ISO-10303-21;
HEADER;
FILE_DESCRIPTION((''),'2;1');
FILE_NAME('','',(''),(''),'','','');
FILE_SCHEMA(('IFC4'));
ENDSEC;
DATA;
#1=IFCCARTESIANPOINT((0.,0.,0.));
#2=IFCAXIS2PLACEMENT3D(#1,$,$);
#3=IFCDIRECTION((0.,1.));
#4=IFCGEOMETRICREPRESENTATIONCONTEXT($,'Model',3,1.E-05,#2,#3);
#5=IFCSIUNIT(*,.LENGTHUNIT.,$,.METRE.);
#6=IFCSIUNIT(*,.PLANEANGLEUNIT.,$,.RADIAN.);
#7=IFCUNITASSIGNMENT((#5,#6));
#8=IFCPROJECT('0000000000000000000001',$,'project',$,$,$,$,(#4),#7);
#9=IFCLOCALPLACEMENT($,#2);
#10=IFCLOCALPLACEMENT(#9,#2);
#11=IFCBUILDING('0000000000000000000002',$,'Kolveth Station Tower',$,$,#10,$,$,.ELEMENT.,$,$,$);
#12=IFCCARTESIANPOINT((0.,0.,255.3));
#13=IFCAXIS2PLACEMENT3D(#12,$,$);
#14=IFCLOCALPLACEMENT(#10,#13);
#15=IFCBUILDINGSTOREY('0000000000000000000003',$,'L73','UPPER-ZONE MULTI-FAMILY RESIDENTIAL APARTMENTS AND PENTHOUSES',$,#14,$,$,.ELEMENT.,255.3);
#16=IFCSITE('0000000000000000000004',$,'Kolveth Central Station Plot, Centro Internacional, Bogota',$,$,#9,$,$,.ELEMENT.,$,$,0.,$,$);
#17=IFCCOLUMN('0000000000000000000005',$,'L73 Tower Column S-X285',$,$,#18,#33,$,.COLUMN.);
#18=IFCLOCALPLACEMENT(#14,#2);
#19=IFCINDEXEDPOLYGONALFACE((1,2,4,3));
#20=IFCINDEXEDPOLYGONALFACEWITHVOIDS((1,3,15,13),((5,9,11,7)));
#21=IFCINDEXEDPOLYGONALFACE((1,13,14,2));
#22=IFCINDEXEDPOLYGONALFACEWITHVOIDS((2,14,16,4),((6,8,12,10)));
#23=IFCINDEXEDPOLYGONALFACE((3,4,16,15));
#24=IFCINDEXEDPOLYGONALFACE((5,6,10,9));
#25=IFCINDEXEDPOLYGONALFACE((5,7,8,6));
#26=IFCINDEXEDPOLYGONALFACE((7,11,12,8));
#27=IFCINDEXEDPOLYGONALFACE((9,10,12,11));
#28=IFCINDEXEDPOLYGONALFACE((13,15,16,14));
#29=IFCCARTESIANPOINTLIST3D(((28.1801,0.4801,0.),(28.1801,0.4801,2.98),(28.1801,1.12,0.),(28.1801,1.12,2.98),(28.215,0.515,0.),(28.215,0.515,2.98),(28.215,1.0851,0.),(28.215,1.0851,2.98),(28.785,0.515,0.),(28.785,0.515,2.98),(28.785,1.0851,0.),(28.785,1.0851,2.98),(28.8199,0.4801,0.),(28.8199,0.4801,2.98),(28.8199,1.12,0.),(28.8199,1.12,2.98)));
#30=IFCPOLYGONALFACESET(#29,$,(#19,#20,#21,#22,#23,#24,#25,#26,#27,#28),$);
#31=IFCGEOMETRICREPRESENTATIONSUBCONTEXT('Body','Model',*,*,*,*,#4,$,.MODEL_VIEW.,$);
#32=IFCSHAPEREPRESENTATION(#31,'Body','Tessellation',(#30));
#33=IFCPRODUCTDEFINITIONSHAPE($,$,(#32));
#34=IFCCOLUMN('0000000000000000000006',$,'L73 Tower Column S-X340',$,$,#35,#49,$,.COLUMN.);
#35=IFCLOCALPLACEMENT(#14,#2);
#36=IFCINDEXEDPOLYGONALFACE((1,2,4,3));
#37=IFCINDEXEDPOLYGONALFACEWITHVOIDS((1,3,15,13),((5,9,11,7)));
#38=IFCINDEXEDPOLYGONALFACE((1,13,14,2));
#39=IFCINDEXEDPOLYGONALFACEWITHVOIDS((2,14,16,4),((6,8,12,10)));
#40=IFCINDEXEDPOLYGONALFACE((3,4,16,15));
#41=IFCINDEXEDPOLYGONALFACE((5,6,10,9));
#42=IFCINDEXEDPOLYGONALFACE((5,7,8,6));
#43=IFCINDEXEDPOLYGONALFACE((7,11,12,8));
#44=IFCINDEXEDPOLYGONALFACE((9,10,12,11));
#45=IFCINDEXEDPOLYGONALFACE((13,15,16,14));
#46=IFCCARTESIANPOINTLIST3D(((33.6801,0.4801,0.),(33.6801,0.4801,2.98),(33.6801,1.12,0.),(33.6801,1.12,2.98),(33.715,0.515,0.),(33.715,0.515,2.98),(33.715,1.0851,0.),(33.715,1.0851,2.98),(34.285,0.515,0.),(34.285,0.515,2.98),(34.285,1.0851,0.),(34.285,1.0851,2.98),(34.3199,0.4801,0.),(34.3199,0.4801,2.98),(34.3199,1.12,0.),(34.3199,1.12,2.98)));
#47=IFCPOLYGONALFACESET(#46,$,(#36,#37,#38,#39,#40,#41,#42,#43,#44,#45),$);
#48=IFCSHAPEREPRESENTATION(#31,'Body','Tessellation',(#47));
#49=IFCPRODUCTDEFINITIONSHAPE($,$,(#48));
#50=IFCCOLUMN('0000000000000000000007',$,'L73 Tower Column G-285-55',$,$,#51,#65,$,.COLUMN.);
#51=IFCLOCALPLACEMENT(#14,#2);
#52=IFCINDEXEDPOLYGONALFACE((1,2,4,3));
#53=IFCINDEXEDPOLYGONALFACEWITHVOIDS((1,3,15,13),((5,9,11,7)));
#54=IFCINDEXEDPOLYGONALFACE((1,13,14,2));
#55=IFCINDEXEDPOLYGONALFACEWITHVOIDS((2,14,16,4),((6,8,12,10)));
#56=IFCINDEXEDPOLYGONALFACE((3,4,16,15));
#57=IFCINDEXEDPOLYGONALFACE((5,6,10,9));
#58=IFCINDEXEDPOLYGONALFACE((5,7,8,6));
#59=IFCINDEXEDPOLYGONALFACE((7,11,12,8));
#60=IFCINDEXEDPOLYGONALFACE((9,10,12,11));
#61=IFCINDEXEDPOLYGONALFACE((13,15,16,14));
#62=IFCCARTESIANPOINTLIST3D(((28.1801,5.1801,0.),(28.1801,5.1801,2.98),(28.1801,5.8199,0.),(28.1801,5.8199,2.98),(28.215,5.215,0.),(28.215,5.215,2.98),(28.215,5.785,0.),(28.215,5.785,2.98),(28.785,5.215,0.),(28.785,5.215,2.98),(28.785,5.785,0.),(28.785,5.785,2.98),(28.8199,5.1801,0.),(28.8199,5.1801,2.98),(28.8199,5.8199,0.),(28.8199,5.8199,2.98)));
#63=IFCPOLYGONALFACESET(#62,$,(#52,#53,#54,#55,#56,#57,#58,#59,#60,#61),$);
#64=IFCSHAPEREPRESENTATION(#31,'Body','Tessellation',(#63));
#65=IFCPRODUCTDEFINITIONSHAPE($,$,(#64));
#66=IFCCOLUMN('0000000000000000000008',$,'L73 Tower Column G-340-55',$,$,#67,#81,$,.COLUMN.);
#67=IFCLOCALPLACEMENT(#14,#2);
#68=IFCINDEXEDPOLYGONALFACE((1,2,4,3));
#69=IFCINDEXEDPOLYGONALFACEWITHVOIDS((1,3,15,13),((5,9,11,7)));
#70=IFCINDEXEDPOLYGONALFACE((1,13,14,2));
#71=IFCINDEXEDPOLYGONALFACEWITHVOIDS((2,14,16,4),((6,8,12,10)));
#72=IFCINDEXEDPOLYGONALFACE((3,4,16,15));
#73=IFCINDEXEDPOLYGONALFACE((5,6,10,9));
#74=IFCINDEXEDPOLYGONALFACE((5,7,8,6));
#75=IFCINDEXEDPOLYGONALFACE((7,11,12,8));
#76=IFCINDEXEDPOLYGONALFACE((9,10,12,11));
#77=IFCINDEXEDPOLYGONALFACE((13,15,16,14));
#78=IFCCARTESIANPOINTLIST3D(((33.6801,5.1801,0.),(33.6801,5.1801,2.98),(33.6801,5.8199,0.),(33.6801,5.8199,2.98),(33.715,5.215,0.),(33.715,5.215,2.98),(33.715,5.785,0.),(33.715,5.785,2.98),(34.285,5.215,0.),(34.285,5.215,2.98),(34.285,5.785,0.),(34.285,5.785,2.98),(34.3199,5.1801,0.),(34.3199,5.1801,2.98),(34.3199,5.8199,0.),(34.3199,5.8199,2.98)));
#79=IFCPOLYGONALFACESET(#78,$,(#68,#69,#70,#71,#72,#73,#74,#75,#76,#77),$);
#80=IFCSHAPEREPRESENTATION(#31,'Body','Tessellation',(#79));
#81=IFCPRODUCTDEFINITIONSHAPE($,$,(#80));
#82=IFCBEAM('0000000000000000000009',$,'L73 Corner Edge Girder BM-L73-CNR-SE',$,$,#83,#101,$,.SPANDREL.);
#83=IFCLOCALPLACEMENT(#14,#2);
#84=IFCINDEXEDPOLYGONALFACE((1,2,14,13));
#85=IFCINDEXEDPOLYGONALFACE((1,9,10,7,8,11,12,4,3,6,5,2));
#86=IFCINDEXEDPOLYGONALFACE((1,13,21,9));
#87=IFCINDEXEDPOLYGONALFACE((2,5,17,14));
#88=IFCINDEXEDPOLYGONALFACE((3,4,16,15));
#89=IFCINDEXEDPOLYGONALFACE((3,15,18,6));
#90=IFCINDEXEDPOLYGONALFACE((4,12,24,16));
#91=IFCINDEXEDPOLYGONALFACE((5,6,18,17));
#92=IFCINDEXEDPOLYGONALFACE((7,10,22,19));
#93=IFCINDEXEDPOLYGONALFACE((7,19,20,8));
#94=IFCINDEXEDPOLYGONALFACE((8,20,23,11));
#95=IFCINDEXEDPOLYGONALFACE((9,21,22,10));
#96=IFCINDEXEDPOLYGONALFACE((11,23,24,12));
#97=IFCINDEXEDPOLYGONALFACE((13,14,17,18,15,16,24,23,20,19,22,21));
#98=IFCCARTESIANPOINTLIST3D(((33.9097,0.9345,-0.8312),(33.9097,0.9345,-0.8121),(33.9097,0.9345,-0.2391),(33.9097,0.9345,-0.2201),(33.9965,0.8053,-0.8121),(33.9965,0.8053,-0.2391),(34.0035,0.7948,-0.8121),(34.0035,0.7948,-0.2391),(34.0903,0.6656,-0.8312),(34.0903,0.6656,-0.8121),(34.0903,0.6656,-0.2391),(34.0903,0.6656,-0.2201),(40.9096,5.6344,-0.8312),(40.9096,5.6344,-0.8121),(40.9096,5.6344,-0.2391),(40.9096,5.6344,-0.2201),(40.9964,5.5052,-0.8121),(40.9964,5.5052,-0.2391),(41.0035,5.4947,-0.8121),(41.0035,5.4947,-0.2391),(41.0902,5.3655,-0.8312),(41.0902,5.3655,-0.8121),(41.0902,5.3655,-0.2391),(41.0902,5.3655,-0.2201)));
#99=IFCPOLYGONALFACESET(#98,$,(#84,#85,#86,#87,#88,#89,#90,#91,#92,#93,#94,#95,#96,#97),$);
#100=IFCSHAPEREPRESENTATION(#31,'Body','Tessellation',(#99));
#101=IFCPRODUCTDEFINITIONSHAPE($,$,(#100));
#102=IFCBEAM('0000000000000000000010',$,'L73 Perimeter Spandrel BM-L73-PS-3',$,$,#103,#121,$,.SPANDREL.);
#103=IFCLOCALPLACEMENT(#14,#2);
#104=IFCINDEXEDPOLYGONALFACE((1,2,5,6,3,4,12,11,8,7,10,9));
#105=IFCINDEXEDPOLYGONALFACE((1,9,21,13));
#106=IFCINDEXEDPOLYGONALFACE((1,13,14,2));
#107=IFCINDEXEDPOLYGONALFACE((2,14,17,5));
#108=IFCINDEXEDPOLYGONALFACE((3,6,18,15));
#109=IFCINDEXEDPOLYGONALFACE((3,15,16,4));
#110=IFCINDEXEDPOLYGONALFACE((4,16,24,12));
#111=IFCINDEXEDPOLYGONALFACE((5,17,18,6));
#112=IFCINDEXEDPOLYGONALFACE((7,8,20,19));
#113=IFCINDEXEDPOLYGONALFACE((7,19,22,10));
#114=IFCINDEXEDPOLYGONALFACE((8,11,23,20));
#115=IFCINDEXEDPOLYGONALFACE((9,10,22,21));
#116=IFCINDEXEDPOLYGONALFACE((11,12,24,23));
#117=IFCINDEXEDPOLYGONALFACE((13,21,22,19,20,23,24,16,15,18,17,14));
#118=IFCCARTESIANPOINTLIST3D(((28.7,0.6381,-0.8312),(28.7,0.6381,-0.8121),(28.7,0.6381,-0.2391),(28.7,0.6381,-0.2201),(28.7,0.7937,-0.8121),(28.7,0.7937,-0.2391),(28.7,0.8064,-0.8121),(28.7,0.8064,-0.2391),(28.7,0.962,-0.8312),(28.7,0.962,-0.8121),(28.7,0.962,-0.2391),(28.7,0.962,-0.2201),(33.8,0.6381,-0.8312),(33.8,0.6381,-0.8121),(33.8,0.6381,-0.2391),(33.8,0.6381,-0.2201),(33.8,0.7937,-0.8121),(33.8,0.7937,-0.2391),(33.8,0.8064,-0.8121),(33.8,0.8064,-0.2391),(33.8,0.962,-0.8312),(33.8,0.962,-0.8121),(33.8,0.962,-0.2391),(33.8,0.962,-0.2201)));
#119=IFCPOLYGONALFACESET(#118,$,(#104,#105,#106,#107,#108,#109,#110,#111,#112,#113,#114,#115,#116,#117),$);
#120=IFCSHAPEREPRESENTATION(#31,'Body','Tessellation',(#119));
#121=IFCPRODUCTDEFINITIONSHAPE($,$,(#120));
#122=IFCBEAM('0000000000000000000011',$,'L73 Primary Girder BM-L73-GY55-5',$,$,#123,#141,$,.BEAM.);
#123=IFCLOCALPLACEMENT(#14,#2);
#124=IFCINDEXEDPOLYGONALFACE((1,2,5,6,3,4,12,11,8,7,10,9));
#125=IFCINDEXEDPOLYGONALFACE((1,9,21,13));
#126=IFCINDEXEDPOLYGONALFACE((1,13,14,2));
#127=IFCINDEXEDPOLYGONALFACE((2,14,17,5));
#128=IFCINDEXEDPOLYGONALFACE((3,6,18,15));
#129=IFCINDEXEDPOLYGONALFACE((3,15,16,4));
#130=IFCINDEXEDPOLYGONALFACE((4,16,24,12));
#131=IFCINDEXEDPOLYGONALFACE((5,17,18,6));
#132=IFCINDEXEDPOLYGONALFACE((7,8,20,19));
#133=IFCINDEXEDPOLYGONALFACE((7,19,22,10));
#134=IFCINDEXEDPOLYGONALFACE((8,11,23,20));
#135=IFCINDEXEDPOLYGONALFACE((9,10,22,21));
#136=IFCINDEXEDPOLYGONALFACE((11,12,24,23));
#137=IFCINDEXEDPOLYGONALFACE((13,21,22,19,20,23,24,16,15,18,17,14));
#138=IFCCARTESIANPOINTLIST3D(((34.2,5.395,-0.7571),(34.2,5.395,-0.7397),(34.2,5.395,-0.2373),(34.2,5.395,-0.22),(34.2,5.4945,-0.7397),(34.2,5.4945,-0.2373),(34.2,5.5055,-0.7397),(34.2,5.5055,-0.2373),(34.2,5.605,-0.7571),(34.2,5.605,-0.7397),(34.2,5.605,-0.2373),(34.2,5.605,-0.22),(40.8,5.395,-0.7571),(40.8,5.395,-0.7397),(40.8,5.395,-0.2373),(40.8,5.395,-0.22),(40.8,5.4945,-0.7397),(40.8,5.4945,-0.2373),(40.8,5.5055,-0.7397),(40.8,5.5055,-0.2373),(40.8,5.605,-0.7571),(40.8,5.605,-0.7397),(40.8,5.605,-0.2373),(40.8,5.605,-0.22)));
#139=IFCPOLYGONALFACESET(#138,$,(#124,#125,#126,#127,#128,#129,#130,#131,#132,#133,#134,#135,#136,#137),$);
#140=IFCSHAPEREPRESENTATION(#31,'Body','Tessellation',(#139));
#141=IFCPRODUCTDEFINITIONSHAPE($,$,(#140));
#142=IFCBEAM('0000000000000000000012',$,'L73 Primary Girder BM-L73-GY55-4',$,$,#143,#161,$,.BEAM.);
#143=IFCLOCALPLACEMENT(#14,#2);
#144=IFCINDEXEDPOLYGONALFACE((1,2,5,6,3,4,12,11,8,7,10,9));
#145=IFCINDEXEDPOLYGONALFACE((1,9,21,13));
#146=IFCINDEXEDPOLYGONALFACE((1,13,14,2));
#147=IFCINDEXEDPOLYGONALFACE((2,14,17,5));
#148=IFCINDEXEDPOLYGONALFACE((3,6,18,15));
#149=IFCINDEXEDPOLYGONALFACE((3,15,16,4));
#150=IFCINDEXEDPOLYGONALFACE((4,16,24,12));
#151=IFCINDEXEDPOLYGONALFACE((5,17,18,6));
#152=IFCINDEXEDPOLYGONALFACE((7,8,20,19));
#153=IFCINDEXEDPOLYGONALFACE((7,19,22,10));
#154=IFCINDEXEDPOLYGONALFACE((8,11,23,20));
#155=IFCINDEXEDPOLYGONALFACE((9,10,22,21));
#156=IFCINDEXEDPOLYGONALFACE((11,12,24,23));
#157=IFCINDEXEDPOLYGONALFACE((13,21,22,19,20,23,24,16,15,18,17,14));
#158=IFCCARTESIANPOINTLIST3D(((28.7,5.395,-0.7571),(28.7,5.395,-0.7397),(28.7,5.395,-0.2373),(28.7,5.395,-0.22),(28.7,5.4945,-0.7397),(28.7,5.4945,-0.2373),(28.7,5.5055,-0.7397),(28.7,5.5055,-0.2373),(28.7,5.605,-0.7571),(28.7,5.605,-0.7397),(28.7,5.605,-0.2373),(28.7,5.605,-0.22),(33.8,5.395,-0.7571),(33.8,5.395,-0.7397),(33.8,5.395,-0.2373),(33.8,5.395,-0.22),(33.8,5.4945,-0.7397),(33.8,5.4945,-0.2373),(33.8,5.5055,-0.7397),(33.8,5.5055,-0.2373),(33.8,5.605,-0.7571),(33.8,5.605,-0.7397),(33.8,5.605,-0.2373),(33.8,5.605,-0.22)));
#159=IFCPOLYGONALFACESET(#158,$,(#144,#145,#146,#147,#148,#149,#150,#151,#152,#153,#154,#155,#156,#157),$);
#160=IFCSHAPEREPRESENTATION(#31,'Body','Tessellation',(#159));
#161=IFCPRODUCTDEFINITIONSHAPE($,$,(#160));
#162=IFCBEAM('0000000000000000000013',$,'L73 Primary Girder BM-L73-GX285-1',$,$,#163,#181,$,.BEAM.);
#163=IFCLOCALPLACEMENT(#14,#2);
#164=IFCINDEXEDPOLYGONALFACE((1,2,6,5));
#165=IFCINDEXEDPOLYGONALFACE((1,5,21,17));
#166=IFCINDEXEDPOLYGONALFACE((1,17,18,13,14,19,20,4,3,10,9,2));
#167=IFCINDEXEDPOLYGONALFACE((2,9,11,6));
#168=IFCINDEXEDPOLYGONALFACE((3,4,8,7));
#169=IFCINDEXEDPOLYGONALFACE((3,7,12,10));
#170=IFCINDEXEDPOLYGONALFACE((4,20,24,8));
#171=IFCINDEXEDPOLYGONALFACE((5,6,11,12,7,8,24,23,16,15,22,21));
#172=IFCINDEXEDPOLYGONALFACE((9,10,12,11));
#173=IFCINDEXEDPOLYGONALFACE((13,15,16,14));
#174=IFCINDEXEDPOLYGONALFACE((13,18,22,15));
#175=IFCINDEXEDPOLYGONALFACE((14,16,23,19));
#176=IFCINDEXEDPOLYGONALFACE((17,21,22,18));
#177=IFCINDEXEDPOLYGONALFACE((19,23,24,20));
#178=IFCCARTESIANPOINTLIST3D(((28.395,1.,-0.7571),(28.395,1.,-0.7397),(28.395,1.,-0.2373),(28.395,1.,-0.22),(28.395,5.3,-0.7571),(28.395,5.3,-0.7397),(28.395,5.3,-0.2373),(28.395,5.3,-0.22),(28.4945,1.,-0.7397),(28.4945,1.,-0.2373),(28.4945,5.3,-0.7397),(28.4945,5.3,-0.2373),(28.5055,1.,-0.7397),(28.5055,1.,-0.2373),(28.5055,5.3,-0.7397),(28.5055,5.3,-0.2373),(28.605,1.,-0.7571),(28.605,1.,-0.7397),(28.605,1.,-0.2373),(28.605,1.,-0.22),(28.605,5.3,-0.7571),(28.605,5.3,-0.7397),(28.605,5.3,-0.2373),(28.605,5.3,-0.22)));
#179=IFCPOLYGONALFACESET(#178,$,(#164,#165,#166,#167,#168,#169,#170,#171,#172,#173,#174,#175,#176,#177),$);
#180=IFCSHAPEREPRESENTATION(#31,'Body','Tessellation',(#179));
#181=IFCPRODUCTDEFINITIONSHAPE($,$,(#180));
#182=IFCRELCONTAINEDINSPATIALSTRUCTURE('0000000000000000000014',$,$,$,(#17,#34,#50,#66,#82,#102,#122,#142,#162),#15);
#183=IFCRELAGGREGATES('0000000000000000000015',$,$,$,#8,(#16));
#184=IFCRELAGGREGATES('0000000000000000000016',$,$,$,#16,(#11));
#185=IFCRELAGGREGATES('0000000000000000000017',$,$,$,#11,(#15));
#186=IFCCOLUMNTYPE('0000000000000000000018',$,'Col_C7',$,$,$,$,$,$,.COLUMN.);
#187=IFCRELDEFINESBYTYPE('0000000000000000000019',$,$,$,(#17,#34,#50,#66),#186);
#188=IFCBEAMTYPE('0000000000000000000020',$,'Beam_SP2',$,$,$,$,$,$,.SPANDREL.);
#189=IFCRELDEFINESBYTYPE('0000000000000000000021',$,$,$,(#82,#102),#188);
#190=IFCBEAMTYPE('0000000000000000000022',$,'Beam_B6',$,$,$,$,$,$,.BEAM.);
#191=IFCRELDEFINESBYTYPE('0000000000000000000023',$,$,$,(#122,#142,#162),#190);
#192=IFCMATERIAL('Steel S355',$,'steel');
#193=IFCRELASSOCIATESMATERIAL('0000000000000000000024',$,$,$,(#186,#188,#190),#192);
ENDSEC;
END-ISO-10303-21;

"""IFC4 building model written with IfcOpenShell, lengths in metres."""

from ifc_helpers import new_model, si_unit, direction, frame, origin, origin_2d, place, context, subcontext, project, spatial, hollow_rectangle, i_section, extrude, source, transform, mapped, material, material_profile, profile_set, type_object, element, save


model = new_model("IFC4")

# Units and contexts
model_context = context("Model", 3, precision=1e-05, world=origin(), true_north=direction((0.0, 1.0)))
body_context = subcontext(model_context, "Body", "Model", "MODEL_VIEW")
ifc_project = project(units=[si_unit("LENGTHUNIT", "METRE"), si_unit("PLANEANGLEUNIT", "RADIAN")], contexts=[model_context])

# Site, building, storey
site_placement = place(None, origin())
site = spatial("IfcSite", under=ifc_project, at=site_placement, Name="Kolveth Central Station Plot, Centro Internacional, Bogota", CompositionType="ELEMENT", RefElevation=0.0)
building_placement = place(site_placement, origin())
building = spatial("IfcBuilding", under=site, at=building_placement, Name="Kolveth Station Tower", CompositionType="ELEMENT")
storey_placement = place(building_placement, frame((0.0, 0.0, 255.3)))
storey = spatial("IfcBuildingStorey", under=building, at=storey_placement, Name="L73", Description="UPPER-ZONE MULTI-FAMILY RESIDENTIAL APARTMENTS AND PENTHOUSES", CompositionType="ELEMENT", Elevation=255.3)

# Columns
ifc_material_1 = material(Name="Steel S355", Category="steel")
ifc_material_profile_1 = material_profile(ifc_material_1, hollow_rectangle(XDim=0.6399, YDim=0.6399, WallThickness=0.0349, at=origin_2d()), Name="BOX640x640x35")
ifc_profile_set_1 = profile_set([ifc_material_profile_1], Name="Steel S355")
column_type = type_object("IfcColumnType", Name="Col_C7", PredefinedType="COLUMN", material=ifc_profile_set_1)
shared_shape_1 = source(origin(), body_context, "Body", "SweptSolid", [
    extrude(hollow_rectangle(XDim=0.6399, YDim=0.6399, WallThickness=0.0349, at=origin_2d()), origin(), (0.0, 0.0, 1.0), 2.98),
])
for number, where, z_axis, x_axis, name in (
    (1, (28.5, 0.8, 0.0), (0.0, 0.0, 1.0), (1.0, 0.0, 0.0), "L73 Tower Column S-X285"),
    (2, (34.0, 0.8, 0.0), (0.0, 0.0, 1.0), (1.0, 0.0, 0.0), "L73 Tower Column S-X340"),
    (3, (28.5, 5.5, 0.0), (0.0, 0.0, 1.0), (1.0, 0.0, 0.0), "L73 Tower Column G-285-55"),
    (4, (34.0, 5.5, 0.0), (0.0, 0.0, 1.0), (1.0, 0.0, 0.0), "L73 Tower Column G-340-55"),
):
    element("IfcColumn", number, at=place(storey_placement, frame(where, z_axis=z_axis, x_axis=x_axis)), inside=storey, type_object=column_type, Name=name, PredefinedType="COLUMN", context=body_context, shape_type="MappedRepresentation", body=[
        mapped(shared_shape_1, transform((0.0, 0.0, 0.0), x_axis=(1.0, 0.0, 0.0), y_axis=(0.0, 1.0, 0.0), z_axis=(0.0, 0.0, 1.0), scale=1.0)),
    ])

# Beams
ifc_material_profile_2 = material_profile(ifc_material_1, i_section(OverallWidth=0.324, OverallDepth=0.6111, WebThickness=0.0127, FlangeThickness=0.019, at=origin_2d()), Name="W610x155")
ifc_profile_set_2 = profile_set([ifc_material_profile_2], Name="Steel S355")
beam_type_1 = type_object("IfcBeamType", Name="Beam_SP2", PredefinedType="SPANDREL", material=ifc_profile_set_2)
shared_shape_2 = source(origin(), body_context, "Body", "SweptSolid", [
    extrude(i_section(OverallWidth=0.324, OverallDepth=0.6111, WebThickness=0.0127, FlangeThickness=0.019, at=origin_2d()), origin(), (0.0, 0.0, 1.0), 8.4314),
])
beam_1_placement = place(storey_placement, frame((34.0, 0.8, -0.5256), z_axis=(0.830224, 0.55743, 0.0), x_axis=(-0.55743, 0.830224, 0.0)))
element("IfcBeam", 5, at=beam_1_placement, inside=storey, type_object=beam_type_1, Name="L73 Corner Edge Girder BM-L73-CNR-SE", PredefinedType="SPANDREL", context=body_context, shape_type="MappedRepresentation", body=[
    mapped(shared_shape_2, transform((0.0, 0.0, 0.0), x_axis=(1.0, 0.0, 0.0), y_axis=(0.0, 1.0, 0.0), z_axis=(0.0, 0.0, 1.0), scale=1.0)),
])
shared_shape_3 = source(origin(), body_context, "Body", "SweptSolid", [
    extrude(i_section(OverallWidth=0.324, OverallDepth=0.6111, WebThickness=0.0127, FlangeThickness=0.019, at=origin_2d()), origin(), (0.0, 0.0, 1.0), 5.1001),
])
beam_2_placement = place(storey_placement, frame((28.7, 0.8, -0.5256), z_axis=(1.0, 0.0, 0.0), x_axis=(0.0, 1.0, 0.0)))
element("IfcBeam", 6, at=beam_2_placement, inside=storey, type_object=beam_type_1, Name="L73 Perimeter Spandrel BM-L73-PS-3", PredefinedType="SPANDREL", context=body_context, shape_type="MappedRepresentation", body=[
    mapped(shared_shape_3, transform((0.0, 0.0, 0.0), x_axis=(1.0, 0.0, 0.0), y_axis=(0.0, 1.0, 0.0), z_axis=(0.0, 0.0, 1.0), scale=1.0)),
])
ifc_material_profile_3 = material_profile(ifc_material_1, i_section(OverallWidth=0.21, OverallDepth=0.5371, WebThickness=0.011, FlangeThickness=0.0173, at=origin_2d()), Name="W530x101")
ifc_profile_set_3 = profile_set([ifc_material_profile_3], Name="Steel S355")
beam_type_2 = type_object("IfcBeamType", Name="Beam_B6", PredefinedType="BEAM", material=ifc_profile_set_3)
shared_shape_4 = source(origin(), body_context, "Body", "SweptSolid", [
    extrude(i_section(OverallWidth=0.21, OverallDepth=0.5371, WebThickness=0.011, FlangeThickness=0.0173, at=origin_2d()), origin(), (0.0, 0.0, 1.0), 6.6001),
])
beam_3_placement = place(storey_placement, frame((34.2, 5.5, -0.4885), z_axis=(1.0, 0.0, 0.0), x_axis=(0.0, 1.0, 0.0)))
element("IfcBeam", 7, at=beam_3_placement, inside=storey, type_object=beam_type_2, Name="L73 Primary Girder BM-L73-GY55-5", PredefinedType="BEAM", context=body_context, shape_type="MappedRepresentation", body=[
    mapped(shared_shape_4, transform((0.0, 0.0, 0.0), x_axis=(1.0, 0.0, 0.0), y_axis=(0.0, 1.0, 0.0), z_axis=(0.0, 0.0, 1.0), scale=1.0)),
])
shared_shape_5 = source(origin(), body_context, "Body", "SweptSolid", [
    extrude(i_section(OverallWidth=0.21, OverallDepth=0.5371, WebThickness=0.011, FlangeThickness=0.0173, at=origin_2d()), origin(), (0.0, 0.0, 1.0), 5.1001),
])
beam_4_placement = place(storey_placement, frame((28.7, 5.5, -0.4885), z_axis=(1.0, 0.0, 0.0), x_axis=(0.0, 1.0, 0.0)))
element("IfcBeam", 8, at=beam_4_placement, inside=storey, type_object=beam_type_2, Name="L73 Primary Girder BM-L73-GY55-4", PredefinedType="BEAM", context=body_context, shape_type="MappedRepresentation", body=[
    mapped(shared_shape_5, transform((0.0, 0.0, 0.0), x_axis=(1.0, 0.0, 0.0), y_axis=(0.0, 1.0, 0.0), z_axis=(0.0, 0.0, 1.0), scale=1.0)),
])
shared_shape_6 = source(origin(), body_context, "Body", "SweptSolid", [
    extrude(i_section(OverallWidth=0.21, OverallDepth=0.5371, WebThickness=0.011, FlangeThickness=0.0173, at=origin_2d()), origin(), (0.0, 0.0, 1.0), 4.3),
])
for number, where, z_axis, x_axis, name in (
    (9, (28.5, 1.0, -0.4885), (0.0, 1.0, 0.0), (-1.0, 0.0, 0.0), "L73 Primary Girder BM-L73-GX285-1"),
):
    element("IfcBeam", number, at=place(storey_placement, frame(where, z_axis=z_axis, x_axis=x_axis)), inside=storey, type_object=beam_type_2, Name=name, PredefinedType="BEAM", context=body_context, shape_type="MappedRepresentation", body=[
        mapped(shared_shape_6, transform((0.0, 0.0, 0.0), x_axis=(1.0, 0.0, 0.0), y_axis=(0.0, 1.0, 0.0), z_axis=(0.0, 0.0, 1.0), scale=1.0)),
    ])

save(model, "model.ifc")
